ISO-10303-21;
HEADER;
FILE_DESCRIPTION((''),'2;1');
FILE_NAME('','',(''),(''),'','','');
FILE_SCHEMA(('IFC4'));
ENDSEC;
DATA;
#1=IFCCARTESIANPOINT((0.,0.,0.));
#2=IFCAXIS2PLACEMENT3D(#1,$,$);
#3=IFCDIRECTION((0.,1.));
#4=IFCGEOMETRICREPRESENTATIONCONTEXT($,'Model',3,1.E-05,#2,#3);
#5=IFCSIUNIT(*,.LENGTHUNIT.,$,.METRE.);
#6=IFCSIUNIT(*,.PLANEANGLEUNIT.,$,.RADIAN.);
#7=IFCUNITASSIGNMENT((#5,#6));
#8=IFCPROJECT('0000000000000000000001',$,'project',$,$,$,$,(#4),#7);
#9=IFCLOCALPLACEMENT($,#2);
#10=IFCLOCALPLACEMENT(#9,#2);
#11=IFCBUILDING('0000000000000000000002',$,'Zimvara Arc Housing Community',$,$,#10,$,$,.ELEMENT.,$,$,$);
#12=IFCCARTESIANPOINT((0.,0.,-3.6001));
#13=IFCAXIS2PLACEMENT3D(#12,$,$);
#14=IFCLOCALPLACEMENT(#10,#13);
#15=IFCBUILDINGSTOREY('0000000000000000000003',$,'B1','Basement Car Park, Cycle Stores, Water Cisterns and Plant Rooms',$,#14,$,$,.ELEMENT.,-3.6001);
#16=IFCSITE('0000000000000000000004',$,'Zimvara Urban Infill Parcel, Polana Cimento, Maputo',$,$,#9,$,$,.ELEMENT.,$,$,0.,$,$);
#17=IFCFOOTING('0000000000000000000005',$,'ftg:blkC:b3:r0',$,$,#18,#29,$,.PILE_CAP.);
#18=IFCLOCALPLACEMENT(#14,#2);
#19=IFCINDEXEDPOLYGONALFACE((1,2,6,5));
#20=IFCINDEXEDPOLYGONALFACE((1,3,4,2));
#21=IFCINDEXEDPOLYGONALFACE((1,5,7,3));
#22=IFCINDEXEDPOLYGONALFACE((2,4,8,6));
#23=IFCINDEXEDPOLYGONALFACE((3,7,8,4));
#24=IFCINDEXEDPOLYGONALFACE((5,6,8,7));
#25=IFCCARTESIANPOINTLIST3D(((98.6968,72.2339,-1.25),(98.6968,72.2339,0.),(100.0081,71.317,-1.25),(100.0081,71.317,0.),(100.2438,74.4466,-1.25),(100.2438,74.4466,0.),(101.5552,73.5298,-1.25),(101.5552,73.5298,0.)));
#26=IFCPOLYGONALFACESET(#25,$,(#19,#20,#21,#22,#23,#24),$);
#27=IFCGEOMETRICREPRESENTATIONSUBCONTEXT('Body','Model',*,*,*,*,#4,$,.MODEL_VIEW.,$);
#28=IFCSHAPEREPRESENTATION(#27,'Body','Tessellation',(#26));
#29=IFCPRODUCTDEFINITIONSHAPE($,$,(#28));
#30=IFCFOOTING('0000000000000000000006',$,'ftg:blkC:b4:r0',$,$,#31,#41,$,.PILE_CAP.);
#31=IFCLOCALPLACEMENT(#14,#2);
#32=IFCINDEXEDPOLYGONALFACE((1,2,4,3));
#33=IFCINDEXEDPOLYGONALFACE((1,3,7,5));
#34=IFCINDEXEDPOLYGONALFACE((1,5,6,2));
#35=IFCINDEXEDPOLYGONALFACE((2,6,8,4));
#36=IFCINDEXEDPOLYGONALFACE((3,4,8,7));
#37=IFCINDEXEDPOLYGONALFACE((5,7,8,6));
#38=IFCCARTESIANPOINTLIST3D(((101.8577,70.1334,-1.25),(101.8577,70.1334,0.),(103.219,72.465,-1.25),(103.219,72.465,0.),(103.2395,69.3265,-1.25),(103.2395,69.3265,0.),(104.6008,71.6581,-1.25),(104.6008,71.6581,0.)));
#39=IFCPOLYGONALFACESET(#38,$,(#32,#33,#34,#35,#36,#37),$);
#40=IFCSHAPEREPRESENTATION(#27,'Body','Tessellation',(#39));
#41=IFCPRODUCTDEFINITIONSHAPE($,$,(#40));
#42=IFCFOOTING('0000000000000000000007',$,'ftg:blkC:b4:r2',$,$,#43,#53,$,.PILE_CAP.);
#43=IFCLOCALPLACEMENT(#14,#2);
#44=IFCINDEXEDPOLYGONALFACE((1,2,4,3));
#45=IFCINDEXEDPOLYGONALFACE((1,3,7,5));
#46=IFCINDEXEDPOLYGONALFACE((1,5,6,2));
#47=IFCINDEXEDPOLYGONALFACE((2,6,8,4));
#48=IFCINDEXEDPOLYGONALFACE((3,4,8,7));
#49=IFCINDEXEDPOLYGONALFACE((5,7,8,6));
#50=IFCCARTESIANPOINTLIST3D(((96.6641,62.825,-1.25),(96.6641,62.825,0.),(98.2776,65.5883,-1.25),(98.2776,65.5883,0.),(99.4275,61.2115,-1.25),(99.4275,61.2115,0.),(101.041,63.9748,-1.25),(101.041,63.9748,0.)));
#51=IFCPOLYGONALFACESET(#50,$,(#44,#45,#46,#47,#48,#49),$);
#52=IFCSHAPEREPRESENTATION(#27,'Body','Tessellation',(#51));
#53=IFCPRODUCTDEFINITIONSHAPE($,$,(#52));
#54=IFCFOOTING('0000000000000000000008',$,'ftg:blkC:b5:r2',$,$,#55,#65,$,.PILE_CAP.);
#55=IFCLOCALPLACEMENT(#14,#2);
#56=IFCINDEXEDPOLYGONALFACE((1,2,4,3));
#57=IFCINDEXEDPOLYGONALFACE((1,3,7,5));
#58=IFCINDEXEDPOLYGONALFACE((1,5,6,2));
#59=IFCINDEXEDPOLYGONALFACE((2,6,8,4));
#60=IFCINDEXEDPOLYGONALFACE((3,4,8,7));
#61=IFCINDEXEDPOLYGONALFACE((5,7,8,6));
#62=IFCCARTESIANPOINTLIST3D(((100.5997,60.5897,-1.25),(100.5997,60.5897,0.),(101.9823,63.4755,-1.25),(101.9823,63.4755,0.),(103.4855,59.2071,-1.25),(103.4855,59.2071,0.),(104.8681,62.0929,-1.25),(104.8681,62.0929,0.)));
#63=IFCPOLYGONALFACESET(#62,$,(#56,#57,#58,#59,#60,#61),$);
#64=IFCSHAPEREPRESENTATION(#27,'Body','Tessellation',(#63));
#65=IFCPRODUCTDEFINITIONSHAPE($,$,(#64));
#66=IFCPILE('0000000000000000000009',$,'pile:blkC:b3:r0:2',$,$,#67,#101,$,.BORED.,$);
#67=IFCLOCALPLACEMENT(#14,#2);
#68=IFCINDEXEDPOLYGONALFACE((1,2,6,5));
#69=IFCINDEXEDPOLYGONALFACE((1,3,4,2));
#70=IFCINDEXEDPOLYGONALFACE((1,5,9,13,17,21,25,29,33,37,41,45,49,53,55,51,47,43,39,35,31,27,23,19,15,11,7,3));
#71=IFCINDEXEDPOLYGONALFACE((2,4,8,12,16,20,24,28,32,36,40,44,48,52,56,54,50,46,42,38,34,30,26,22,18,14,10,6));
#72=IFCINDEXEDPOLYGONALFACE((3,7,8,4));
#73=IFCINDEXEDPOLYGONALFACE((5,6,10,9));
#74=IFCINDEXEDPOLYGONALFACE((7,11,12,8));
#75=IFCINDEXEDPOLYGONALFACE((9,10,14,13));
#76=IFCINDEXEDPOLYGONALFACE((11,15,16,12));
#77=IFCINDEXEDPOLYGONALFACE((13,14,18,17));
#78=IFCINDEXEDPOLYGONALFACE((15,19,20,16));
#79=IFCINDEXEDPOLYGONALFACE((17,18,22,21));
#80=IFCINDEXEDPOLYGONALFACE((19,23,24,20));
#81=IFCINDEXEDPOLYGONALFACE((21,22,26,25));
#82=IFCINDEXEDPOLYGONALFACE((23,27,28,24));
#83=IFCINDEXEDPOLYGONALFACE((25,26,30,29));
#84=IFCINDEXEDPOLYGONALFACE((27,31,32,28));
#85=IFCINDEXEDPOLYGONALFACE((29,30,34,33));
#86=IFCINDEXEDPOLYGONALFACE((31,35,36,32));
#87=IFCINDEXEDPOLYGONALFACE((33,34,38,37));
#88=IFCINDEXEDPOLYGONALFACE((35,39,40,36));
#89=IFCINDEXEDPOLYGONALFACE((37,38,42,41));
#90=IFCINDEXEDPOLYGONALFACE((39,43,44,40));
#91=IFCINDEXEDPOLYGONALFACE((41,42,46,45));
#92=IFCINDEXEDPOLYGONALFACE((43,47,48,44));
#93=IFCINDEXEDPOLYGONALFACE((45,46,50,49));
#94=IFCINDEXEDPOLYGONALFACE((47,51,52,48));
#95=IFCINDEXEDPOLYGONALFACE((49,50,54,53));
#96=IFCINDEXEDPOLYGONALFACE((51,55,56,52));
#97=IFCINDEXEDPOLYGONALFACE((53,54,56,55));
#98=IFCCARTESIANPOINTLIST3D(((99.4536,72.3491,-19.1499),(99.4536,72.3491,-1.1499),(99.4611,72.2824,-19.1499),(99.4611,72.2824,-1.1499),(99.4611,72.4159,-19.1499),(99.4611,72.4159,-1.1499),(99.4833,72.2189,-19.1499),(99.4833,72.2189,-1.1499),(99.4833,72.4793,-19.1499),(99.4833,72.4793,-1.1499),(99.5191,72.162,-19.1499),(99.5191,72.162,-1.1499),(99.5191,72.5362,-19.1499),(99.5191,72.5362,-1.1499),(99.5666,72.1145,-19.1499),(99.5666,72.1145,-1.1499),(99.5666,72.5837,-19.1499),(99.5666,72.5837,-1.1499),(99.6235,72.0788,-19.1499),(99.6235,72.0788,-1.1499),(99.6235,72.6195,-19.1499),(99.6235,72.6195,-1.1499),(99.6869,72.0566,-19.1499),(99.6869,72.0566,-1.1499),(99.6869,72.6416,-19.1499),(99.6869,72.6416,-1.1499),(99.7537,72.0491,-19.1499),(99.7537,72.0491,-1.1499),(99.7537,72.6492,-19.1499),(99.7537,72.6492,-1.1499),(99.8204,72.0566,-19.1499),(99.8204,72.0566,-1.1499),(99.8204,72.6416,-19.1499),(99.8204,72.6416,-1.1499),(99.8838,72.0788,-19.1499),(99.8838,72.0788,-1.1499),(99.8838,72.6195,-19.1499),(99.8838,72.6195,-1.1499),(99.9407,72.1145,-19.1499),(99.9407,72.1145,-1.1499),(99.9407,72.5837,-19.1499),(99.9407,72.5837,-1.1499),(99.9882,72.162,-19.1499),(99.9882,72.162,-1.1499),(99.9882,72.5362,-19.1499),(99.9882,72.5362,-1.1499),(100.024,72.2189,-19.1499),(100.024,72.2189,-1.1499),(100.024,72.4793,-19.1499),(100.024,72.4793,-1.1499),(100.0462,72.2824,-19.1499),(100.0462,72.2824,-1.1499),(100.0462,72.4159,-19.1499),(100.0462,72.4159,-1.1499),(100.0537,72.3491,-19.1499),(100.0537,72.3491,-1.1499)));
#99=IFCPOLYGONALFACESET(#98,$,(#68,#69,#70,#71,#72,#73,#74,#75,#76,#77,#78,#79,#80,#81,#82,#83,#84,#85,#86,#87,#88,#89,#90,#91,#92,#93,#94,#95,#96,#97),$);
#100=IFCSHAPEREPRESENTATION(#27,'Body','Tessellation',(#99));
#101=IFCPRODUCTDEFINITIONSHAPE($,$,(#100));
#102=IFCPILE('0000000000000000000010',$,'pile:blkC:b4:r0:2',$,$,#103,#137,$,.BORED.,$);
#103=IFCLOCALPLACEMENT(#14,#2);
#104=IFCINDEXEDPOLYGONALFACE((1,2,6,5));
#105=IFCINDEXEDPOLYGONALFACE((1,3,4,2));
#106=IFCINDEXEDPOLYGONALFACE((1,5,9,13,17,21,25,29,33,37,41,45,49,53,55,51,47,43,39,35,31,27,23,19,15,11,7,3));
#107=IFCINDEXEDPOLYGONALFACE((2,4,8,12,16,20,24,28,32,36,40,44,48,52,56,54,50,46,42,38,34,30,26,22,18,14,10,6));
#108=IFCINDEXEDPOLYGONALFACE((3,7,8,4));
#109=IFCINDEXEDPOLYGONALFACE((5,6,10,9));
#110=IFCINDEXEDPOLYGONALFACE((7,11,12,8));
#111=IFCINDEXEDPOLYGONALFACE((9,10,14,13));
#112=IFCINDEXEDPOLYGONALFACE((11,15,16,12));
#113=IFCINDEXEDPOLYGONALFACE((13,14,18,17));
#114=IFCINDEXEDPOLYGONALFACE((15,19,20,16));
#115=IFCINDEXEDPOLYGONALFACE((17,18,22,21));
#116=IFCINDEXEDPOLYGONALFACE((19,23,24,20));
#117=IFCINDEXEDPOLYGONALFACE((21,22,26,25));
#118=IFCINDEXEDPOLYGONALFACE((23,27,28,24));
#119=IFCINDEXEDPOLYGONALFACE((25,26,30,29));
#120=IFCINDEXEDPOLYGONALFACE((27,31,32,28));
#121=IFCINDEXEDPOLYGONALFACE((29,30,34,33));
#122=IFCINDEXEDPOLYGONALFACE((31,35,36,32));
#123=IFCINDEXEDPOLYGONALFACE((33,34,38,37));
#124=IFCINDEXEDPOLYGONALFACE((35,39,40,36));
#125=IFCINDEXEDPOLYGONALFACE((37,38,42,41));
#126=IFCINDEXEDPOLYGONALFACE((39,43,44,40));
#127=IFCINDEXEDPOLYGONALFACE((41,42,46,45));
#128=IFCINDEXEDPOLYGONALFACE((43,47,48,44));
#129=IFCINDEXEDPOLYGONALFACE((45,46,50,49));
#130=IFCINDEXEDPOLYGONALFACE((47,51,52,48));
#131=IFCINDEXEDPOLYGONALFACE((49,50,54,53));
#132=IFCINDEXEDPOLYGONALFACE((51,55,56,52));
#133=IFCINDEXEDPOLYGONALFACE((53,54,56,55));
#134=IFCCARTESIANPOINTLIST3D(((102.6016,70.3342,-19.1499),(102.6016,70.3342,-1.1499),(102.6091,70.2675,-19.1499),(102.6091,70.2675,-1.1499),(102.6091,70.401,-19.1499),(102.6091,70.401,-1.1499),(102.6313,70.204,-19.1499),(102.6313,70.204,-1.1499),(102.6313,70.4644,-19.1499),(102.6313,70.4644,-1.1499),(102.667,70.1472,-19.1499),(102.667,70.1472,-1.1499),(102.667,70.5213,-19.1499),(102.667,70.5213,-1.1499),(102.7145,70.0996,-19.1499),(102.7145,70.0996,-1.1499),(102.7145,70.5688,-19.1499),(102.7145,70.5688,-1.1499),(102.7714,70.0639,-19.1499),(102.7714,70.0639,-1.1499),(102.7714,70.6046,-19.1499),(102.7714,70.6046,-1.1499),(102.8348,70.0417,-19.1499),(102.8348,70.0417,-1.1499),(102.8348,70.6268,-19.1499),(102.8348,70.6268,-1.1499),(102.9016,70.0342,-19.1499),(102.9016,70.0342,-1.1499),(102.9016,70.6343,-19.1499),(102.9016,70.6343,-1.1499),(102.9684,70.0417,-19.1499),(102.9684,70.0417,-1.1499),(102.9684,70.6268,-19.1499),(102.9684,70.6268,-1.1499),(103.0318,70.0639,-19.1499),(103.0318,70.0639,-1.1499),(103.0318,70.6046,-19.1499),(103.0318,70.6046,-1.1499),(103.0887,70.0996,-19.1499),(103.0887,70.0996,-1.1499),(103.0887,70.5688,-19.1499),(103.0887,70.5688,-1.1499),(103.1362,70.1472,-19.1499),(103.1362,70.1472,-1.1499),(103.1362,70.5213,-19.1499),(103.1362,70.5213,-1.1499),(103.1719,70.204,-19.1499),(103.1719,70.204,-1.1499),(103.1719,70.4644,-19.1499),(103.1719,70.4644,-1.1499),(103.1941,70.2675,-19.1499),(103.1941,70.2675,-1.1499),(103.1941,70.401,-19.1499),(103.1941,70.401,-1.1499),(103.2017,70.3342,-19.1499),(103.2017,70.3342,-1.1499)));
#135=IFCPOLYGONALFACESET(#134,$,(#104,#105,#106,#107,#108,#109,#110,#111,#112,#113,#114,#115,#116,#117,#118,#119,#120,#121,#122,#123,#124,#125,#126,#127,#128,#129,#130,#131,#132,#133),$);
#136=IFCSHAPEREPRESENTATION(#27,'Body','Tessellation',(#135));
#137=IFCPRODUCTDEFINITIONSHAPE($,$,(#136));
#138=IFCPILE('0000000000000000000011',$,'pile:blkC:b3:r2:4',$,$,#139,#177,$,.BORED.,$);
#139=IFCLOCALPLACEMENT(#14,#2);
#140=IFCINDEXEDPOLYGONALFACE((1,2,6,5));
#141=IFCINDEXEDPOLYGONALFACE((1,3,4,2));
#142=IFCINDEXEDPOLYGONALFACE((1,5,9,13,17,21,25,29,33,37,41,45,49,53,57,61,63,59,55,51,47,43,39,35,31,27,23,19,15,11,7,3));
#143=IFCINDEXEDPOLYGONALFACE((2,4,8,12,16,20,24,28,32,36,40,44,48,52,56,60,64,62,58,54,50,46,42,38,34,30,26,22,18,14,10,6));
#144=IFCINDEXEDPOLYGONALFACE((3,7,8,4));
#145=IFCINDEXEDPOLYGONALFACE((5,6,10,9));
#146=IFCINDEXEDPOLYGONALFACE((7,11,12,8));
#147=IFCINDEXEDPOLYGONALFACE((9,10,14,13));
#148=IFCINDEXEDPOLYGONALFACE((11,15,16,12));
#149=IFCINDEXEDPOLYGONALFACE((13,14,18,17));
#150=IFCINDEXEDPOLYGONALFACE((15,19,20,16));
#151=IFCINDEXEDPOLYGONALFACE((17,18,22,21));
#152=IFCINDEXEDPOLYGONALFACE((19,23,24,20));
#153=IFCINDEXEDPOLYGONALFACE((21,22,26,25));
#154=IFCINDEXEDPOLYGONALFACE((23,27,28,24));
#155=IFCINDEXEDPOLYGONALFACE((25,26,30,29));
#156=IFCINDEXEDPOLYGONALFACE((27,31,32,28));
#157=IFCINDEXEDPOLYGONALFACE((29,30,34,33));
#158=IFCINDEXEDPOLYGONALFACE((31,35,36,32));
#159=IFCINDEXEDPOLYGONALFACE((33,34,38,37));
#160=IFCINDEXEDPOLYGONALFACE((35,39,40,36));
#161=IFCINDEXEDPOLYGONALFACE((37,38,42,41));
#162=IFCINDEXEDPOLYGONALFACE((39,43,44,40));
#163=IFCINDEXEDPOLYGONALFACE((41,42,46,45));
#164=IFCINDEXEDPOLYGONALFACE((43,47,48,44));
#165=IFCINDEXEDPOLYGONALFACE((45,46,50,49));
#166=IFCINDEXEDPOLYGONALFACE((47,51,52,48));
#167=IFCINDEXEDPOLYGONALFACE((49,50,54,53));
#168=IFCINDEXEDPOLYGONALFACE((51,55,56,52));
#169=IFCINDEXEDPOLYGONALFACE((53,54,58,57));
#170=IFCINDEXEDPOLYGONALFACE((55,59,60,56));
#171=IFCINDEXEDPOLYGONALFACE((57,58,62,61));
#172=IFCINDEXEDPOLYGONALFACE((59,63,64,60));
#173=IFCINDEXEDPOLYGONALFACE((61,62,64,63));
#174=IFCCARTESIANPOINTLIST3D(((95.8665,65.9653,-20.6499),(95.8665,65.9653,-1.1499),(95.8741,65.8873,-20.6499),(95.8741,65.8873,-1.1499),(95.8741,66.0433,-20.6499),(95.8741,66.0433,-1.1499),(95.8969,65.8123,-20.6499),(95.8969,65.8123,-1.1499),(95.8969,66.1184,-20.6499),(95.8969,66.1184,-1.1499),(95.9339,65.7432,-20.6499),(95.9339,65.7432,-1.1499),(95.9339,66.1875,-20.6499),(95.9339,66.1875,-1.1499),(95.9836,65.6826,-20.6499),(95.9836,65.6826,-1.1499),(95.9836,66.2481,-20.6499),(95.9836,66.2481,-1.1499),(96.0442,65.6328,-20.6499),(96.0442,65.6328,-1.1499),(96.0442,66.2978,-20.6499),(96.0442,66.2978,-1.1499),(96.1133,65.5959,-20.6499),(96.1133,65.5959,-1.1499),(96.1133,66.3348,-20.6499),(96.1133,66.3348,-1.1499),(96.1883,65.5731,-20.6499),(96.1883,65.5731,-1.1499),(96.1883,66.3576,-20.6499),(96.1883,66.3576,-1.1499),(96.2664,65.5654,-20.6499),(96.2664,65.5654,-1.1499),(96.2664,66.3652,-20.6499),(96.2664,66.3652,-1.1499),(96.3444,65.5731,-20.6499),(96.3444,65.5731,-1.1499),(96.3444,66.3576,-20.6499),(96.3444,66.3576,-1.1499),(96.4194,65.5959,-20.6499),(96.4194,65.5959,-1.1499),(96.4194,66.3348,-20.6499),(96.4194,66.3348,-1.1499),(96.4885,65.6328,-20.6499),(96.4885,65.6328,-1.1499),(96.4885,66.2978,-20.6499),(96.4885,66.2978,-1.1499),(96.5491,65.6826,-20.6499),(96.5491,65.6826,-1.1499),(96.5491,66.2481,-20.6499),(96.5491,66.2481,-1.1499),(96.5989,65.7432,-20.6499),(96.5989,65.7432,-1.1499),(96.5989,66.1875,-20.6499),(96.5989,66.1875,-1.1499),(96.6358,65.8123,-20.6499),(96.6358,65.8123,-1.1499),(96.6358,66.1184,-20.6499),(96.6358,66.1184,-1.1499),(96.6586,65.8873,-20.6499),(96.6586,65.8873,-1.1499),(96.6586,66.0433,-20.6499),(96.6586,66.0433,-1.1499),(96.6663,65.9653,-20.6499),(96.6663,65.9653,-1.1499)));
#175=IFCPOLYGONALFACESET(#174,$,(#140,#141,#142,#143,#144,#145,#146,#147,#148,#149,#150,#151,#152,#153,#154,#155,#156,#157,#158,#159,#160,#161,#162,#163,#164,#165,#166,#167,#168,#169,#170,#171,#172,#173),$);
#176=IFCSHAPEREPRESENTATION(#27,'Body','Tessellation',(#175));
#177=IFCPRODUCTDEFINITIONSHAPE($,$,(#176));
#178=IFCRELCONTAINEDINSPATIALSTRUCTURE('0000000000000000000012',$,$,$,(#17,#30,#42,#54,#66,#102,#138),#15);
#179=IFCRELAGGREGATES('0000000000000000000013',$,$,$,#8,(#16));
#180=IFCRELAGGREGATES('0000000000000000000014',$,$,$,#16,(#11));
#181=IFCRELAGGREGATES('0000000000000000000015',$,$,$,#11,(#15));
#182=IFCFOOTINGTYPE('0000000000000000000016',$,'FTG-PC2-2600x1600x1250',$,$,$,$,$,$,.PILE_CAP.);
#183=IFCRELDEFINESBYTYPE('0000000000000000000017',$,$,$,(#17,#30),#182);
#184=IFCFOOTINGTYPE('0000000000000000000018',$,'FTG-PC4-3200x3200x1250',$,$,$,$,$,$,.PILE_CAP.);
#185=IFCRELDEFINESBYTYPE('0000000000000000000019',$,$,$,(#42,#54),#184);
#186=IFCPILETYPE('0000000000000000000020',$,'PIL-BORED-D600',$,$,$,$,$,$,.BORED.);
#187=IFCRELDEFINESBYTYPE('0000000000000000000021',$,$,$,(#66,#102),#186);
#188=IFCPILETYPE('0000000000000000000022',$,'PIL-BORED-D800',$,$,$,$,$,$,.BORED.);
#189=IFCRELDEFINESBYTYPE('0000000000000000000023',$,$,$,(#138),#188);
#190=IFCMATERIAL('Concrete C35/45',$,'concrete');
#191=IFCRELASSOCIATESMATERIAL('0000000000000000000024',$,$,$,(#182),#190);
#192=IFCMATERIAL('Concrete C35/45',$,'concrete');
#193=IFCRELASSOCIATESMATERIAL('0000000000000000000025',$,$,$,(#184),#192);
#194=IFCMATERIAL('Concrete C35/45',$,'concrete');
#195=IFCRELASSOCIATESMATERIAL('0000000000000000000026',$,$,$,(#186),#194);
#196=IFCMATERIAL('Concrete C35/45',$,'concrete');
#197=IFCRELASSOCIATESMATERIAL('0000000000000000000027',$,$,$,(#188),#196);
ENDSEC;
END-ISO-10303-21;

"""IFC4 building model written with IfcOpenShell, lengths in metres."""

from ifc_helpers import new_model, si_unit, direction, frame, origin, origin_2d, place, context, subcontext, project, spatial, rectangle, circle, extrude, material, material_profile, profile_set, type_object, element, save


model = new_model("IFC4")

# Units and contexts
model_context = context("Model", 3, precision=1e-05, world=origin(), true_north=direction((0.0, 1.0)))
body_context = subcontext(model_context, "Body", "Model", "MODEL_VIEW")
ifc_project = project(units=[si_unit("LENGTHUNIT", "METRE"), si_unit("PLANEANGLEUNIT", "RADIAN")], contexts=[model_context])

# Site, building, storey
site_placement = place(None, origin())
site = spatial("IfcSite", under=ifc_project, at=site_placement, Name="Zimvara Urban Infill Parcel, Polana Cimento, Maputo", CompositionType="ELEMENT", RefElevation=0.0)
building_placement = place(site_placement, origin())
building = spatial("IfcBuilding", under=site, at=building_placement, Name="Zimvara Arc Housing Community", CompositionType="ELEMENT")
storey_placement = place(building_placement, frame((0.0, 0.0, -3.6001)))
storey = spatial("IfcBuildingStorey", under=building, at=storey_placement, Name="B1", Description="Basement Car Park, Cycle Stores, Water Cisterns and Plant Rooms", CompositionType="ELEMENT", Elevation=-3.6001)

# Footings
ifc_material_1 = material(Name="Concrete C35/45", Category="concrete")
footing_type_1 = type_object("IfcFootingType", Name="FTG-PC2-2600x1600x1250", PredefinedType="PILE_CAP", material=ifc_material_1)
for number, where, z_axis, x_axis, name in (
    (1, (100.126, 72.8818, -1.25), (0.0, 0.0, 1.0), (-0.573004, -0.819552, 0.0), "ftg:blkC:b3:r0"),
    (2, (103.2292, 70.8958, -1.25), (0.0, 0.0, 1.0), (-0.504226, -0.863572, 0.0), "ftg:blkC:b4:r0"),
):
    element("IfcFooting", number, at=place(storey_placement, frame(where, z_axis=z_axis, x_axis=x_axis)), inside=storey, type_object=footing_type_1, Name=name, PredefinedType="PILE_CAP", context=body_context, shape_type="SweptSolid", body=[
        extrude(rectangle(XDim=2.7, YDim=1.6001, at=origin_2d()), origin(), (0.0, 0.0, 1.0), 1.25),
    ])
ifc_material_2 = material(Name="Concrete C35/45", Category="concrete")
footing_type_2 = type_object("IfcFootingType", Name="FTG-PC4-3200x3200x1250", PredefinedType="PILE_CAP", material=ifc_material_2)
for number, where, z_axis, x_axis, name in (
    (3, (98.8525, 63.3999, -1.25), (0.0, 0.0, 1.0), (-0.504226, -0.863572, 0.0), "ftg:blkC:b4:r2"),
    (4, (102.7339, 61.3413, -1.25), (0.0, 0.0, 1.0), (-0.432086, -0.901833, 0.0), "ftg:blkC:b5:r2"),
):
    element("IfcFooting", number, at=place(storey_placement, frame(where, z_axis=z_axis, x_axis=x_axis)), inside=storey, type_object=footing_type_2, Name=name, PredefinedType="PILE_CAP", context=body_context, shape_type="SweptSolid", body=[
        extrude(rectangle(XDim=3.2, YDim=3.2, at=origin_2d()), origin(), (0.0, 0.0, 1.0), 1.25),
    ])

# Piles
ifc_material_3 = material(Name="Concrete C35/45", Category="concrete")
ifc_material_profile_1 = material_profile(ifc_material_3, circle(Radius=0.3, at=origin_2d()), Name="PILE D600")
ifc_profile_set_1 = profile_set([ifc_material_profile_1], Name="Concrete C35/45")
pile_type_1 = type_object("IfcPileType", Name="PIL-BORED-D600", PredefinedType="BORED", material=ifc_profile_set_1)
for number, where, z_axis, x_axis, name in (
    (5, (99.7537, 72.3491, -1.1499), (0.0, 0.0, -1.0), (1.0, 0.0, 0.0), "pile:blkC:b3:r0:2"),
    (6, (102.9016, 70.3342, -1.1499), (0.0, 0.0, -1.0), (1.0, 0.0, 0.0), "pile:blkC:b4:r0:2"),
):
    element("IfcPile", number, at=place(storey_placement, frame(where, z_axis=z_axis, x_axis=x_axis)), inside=storey, type_object=pile_type_1, Name=name, PredefinedType="BORED", context=body_context, shape_type="SweptSolid", body=[
        extrude(circle(Radius=0.3, at=origin_2d()), origin(), (0.0, 0.0, 1.0), 18.0),
    ])
ifc_material_4 = material(Name="Concrete C35/45", Category="concrete")
ifc_material_profile_2 = material_profile(ifc_material_4, circle(Radius=0.3999, at=origin_2d()), Name="PILE D800")
ifc_profile_set_2 = profile_set([ifc_material_profile_2], Name="Concrete C35/45")
pile_type_2 = type_object("IfcPileType", Name="PIL-BORED-D800", PredefinedType="BORED", material=ifc_profile_set_2)
for number, where, z_axis, x_axis, name in (
    (7, (96.2664, 65.9653, -1.1499), (0.0, 0.0, -1.0), (1.0, 0.0, 0.0), "pile:blkC:b3:r2:4"),
):
    element("IfcPile", number, at=place(storey_placement, frame(where, z_axis=z_axis, x_axis=x_axis)), inside=storey, type_object=pile_type_2, Name=name, PredefinedType="BORED", context=body_context, shape_type="SweptSolid", body=[
        extrude(circle(Radius=0.3999, at=origin_2d()), origin(), (0.0, 0.0, 1.0), 19.5),
    ])

save(model, "model.ifc")
